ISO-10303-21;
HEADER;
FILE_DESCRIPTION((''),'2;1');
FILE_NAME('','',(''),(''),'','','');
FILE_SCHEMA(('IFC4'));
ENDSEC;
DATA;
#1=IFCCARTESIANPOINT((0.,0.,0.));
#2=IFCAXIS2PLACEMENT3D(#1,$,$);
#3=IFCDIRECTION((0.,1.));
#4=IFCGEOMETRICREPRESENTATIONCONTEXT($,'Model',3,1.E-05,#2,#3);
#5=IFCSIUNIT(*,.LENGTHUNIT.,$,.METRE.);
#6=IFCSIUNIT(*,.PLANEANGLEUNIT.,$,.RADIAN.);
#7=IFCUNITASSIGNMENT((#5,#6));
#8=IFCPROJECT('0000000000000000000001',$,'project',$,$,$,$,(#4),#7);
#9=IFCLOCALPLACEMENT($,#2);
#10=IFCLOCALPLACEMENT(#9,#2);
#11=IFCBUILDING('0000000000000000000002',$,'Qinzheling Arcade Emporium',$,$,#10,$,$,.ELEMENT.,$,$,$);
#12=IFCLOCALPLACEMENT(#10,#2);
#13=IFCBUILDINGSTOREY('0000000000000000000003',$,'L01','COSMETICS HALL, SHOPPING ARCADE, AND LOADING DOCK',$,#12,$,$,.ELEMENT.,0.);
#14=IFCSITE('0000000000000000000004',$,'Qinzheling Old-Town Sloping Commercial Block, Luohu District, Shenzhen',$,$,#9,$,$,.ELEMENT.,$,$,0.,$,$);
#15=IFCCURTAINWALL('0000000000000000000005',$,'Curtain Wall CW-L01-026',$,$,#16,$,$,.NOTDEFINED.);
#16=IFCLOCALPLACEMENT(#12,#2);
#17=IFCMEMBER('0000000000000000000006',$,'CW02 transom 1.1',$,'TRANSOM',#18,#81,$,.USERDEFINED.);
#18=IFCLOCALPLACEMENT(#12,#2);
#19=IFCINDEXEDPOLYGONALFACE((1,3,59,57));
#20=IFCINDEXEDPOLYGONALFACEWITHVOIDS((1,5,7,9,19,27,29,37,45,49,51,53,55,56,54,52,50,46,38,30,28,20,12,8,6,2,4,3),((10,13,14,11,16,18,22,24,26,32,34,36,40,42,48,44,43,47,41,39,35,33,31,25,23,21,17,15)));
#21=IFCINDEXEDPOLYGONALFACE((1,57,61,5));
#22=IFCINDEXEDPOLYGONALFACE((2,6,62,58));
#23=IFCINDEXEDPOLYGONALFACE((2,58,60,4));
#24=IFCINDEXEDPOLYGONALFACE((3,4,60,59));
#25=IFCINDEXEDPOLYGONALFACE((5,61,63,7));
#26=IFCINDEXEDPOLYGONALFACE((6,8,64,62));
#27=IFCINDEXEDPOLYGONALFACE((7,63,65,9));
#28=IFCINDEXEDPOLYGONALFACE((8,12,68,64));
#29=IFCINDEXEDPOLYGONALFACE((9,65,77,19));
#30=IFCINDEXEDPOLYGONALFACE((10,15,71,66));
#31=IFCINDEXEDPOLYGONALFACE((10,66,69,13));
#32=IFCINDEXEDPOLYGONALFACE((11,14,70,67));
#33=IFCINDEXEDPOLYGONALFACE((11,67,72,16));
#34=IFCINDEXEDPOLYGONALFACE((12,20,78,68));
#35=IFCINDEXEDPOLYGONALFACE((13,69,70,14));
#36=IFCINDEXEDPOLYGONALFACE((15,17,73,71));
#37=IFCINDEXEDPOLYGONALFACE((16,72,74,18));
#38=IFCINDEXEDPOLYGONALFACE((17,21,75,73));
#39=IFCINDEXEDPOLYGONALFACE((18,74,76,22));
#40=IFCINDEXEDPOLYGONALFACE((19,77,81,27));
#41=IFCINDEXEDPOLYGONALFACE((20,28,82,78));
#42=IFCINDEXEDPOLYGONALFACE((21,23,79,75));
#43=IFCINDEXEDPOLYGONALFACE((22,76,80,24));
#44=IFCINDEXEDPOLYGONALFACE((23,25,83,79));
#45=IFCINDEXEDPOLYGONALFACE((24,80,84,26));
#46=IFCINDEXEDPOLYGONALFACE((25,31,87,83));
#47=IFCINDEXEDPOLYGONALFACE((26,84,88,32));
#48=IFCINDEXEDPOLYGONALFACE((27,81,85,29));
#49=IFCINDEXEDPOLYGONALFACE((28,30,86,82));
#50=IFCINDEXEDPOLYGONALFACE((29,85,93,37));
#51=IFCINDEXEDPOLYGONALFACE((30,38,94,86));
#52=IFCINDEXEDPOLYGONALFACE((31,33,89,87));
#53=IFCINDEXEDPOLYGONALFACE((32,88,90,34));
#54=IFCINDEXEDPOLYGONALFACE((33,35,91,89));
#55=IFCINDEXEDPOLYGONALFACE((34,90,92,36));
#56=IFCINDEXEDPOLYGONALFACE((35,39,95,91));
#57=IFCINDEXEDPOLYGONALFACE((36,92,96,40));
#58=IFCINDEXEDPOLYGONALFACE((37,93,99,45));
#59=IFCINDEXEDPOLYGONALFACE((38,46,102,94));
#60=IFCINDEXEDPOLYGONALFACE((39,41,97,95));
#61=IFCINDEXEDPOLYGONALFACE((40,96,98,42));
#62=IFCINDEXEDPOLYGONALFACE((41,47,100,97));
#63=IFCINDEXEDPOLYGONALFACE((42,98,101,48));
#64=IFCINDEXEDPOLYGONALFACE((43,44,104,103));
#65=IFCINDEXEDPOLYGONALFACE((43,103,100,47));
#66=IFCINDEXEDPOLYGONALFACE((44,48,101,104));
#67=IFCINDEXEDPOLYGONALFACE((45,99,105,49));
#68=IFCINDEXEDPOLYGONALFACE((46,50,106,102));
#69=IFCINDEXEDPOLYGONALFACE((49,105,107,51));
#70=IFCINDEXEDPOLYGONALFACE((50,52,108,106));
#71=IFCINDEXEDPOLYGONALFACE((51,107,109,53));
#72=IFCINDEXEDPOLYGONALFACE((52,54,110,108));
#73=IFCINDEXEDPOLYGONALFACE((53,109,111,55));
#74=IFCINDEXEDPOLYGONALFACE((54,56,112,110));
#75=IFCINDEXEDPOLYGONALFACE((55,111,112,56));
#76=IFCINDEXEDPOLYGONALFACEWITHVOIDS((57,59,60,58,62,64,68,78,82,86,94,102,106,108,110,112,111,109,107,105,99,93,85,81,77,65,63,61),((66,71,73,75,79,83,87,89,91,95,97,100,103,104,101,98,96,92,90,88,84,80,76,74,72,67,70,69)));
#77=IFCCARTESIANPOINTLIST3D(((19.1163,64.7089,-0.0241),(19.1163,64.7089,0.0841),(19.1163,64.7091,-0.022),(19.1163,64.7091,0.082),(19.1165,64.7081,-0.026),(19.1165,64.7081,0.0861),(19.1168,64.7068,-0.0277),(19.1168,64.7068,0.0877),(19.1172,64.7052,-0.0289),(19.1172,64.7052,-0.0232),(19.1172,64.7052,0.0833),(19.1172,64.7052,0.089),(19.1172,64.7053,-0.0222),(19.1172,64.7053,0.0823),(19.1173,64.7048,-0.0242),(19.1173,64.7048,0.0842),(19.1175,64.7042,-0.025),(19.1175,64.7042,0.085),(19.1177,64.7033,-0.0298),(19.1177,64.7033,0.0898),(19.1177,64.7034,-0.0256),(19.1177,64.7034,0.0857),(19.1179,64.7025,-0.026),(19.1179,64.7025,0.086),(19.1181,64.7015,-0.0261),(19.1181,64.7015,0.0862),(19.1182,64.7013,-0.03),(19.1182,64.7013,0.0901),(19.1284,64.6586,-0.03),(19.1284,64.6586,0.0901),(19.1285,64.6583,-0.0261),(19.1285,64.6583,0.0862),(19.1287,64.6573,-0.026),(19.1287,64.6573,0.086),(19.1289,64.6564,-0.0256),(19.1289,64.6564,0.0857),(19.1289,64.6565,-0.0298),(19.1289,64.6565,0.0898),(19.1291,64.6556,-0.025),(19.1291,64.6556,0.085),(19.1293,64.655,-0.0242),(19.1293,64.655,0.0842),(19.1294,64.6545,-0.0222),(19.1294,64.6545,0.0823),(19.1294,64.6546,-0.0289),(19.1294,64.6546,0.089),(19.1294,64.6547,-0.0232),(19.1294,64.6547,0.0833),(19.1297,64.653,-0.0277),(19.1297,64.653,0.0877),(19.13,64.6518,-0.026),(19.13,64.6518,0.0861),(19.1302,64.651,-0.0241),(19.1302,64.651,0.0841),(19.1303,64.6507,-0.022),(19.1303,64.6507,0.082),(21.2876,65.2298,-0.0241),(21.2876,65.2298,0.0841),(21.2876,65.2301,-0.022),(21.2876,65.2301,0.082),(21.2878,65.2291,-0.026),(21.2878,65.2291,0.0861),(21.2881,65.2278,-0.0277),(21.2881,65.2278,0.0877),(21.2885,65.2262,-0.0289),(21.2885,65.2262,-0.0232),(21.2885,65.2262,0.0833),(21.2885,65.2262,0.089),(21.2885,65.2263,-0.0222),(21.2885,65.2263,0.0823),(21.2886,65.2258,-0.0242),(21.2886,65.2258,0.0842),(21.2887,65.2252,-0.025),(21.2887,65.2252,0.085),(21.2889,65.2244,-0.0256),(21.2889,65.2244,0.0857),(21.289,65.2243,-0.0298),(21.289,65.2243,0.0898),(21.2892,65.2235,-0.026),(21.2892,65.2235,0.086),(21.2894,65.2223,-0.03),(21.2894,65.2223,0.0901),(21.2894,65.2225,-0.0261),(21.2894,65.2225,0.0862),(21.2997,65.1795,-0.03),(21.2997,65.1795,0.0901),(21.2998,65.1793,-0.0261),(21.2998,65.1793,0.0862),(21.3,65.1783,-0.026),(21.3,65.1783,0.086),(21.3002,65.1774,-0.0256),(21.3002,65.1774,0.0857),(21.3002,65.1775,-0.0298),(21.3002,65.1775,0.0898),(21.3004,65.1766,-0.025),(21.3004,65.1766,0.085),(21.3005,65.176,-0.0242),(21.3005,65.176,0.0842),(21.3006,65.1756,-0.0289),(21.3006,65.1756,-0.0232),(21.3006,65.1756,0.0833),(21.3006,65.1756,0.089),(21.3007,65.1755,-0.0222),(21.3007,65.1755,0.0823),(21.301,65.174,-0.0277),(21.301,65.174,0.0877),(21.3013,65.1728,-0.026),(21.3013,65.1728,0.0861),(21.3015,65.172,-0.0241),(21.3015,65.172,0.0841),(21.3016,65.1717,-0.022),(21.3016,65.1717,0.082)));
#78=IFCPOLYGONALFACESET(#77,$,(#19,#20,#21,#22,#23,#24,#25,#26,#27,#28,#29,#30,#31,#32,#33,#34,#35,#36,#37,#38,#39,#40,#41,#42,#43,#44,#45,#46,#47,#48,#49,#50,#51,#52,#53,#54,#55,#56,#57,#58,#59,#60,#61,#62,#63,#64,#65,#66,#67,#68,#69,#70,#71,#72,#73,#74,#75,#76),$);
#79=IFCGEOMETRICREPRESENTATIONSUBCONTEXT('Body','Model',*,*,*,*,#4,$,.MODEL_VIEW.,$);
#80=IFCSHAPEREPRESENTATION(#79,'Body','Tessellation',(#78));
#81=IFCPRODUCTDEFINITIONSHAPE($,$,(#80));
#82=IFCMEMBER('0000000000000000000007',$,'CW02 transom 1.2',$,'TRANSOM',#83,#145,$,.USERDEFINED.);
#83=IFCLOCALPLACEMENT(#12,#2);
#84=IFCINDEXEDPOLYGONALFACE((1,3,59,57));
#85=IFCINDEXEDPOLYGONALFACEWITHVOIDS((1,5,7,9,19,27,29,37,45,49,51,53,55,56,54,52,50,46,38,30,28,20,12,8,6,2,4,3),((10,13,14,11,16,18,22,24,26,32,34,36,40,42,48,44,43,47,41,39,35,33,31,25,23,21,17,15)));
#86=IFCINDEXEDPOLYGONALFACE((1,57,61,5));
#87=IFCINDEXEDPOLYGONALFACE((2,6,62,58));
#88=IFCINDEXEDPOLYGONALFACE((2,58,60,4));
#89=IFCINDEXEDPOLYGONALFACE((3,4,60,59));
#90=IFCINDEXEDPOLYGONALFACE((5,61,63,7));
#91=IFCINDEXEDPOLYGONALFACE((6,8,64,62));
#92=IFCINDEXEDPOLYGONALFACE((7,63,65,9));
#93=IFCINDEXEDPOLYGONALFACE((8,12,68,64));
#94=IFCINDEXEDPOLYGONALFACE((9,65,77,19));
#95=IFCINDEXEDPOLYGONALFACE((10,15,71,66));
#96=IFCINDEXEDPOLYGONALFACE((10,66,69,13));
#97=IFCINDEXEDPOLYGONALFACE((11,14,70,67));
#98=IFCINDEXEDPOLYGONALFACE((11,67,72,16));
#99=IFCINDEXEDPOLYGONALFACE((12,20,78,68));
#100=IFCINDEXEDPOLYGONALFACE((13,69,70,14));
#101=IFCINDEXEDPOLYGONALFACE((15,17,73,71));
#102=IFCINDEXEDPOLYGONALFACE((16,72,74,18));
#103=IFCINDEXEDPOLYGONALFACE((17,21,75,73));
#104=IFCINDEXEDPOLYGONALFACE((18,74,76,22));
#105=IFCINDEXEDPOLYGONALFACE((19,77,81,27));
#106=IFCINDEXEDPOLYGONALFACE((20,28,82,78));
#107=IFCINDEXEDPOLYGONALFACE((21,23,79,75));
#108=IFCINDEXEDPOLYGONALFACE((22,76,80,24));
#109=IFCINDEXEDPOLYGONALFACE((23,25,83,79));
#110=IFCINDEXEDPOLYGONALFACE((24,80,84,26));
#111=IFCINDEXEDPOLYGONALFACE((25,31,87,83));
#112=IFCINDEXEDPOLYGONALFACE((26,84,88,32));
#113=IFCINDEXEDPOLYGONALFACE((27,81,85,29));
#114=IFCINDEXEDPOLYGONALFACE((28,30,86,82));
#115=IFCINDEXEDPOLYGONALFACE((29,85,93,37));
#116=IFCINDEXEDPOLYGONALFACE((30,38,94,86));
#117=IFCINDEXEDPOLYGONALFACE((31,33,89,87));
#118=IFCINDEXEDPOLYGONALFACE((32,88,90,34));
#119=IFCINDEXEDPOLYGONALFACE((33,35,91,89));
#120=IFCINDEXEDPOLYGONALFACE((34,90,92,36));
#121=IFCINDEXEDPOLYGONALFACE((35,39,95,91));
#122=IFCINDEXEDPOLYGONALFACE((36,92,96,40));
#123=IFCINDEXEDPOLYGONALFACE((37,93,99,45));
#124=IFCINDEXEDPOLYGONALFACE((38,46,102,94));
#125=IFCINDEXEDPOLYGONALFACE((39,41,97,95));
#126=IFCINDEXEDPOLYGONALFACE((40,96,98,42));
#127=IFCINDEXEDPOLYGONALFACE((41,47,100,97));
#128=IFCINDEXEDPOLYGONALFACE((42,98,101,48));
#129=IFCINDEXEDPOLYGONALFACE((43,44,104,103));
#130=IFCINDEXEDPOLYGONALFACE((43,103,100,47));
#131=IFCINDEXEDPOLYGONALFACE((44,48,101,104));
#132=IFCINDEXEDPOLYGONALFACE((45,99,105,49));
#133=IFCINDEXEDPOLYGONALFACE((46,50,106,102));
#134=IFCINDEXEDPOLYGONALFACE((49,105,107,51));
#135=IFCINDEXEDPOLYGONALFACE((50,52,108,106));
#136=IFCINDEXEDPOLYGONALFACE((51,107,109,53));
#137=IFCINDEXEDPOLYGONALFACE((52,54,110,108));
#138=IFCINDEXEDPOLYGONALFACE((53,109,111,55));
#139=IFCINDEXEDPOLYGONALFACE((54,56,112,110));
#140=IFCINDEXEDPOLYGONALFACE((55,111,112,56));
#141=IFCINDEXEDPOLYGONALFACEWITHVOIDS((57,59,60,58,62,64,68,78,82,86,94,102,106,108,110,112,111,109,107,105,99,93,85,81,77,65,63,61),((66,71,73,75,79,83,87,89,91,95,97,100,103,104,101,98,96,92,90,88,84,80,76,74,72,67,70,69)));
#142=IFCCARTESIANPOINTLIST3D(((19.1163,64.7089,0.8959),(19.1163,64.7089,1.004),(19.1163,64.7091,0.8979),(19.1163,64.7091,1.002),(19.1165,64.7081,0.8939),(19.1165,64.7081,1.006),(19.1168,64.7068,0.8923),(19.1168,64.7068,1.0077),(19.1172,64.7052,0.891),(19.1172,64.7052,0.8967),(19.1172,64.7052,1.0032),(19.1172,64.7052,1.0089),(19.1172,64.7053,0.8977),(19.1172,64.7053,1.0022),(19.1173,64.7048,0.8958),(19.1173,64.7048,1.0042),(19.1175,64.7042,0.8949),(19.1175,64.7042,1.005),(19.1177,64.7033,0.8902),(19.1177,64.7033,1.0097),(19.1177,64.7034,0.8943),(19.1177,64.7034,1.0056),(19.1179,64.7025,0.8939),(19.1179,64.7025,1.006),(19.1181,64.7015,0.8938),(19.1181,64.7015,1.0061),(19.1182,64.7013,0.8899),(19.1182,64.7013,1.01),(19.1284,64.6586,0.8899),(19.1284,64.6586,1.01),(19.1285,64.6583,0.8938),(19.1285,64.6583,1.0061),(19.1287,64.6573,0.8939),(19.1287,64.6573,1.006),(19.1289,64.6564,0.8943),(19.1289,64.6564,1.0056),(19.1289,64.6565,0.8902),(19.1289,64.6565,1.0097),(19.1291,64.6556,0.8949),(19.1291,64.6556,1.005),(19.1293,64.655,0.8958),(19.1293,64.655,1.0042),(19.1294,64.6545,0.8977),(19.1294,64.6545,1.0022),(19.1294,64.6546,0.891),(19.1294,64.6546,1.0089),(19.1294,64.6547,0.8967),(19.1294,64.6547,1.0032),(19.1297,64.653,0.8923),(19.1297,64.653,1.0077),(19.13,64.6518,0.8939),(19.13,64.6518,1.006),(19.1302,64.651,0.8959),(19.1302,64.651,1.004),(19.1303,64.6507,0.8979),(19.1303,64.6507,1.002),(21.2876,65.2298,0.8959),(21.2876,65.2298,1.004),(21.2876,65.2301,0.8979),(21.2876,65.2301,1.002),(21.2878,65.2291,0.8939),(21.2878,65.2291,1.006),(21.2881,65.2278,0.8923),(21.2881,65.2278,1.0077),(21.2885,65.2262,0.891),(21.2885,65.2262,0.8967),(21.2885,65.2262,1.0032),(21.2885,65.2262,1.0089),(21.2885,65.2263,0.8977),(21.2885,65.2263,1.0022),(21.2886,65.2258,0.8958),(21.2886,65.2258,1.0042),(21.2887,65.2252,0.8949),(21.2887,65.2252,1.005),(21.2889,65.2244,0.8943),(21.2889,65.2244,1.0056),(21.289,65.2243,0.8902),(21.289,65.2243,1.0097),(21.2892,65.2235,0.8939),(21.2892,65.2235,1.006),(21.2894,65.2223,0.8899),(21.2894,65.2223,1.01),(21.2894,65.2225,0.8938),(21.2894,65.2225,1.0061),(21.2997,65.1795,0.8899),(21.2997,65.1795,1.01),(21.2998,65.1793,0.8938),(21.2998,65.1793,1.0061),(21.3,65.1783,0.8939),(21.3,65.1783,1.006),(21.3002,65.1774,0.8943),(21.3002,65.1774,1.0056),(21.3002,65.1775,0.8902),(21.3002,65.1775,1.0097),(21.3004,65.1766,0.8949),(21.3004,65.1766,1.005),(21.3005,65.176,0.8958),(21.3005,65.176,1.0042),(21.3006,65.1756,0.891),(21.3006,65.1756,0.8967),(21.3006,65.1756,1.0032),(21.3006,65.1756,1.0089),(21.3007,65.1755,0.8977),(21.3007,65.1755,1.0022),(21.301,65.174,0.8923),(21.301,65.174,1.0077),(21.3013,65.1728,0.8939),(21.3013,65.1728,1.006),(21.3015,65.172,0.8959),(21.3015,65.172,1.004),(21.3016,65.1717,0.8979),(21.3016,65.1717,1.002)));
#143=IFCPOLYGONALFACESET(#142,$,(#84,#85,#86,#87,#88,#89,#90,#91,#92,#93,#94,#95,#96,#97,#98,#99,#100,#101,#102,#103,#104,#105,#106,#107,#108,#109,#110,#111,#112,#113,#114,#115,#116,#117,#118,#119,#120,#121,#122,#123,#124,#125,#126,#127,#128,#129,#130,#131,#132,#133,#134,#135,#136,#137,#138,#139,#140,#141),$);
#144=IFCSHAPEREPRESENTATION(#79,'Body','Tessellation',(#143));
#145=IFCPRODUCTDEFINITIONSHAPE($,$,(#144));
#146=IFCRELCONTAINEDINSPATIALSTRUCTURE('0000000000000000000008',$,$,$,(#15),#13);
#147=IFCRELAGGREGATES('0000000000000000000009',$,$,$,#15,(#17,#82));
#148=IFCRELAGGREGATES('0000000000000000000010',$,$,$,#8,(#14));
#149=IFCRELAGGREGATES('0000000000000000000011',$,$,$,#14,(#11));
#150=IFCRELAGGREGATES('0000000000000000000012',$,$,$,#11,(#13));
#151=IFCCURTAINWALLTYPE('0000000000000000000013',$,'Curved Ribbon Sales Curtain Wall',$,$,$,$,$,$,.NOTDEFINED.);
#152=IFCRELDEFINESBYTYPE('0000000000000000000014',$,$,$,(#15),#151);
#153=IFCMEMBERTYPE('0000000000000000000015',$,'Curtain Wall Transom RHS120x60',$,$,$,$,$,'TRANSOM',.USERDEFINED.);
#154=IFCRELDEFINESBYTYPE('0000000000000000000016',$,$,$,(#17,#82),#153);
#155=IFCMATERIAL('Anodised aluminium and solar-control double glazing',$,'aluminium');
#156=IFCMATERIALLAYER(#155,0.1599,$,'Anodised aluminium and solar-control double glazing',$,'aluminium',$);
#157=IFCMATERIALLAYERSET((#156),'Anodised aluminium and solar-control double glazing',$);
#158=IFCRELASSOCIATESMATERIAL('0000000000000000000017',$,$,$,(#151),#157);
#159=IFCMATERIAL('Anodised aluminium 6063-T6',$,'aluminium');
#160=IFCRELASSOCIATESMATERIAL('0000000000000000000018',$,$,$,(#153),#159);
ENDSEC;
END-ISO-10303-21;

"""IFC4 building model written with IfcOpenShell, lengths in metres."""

from ifc_helpers import new_model, si_unit, direction, frame, origin, origin_2d, place, context, subcontext, project, spatial, hollow_rectangle, extrude, material, layer, layer_set, material_profile, profile_set, type_object, element, aggregate, save


model = new_model("IFC4")

# Units and contexts
model_context = context("Model", 3, precision=1e-05, world=origin(), true_north=direction((0.0, 1.0)))
body_context = subcontext(model_context, "Body", "Model", "MODEL_VIEW")
ifc_project = project(units=[si_unit("LENGTHUNIT", "METRE"), si_unit("PLANEANGLEUNIT", "RADIAN")], contexts=[model_context])

# Site, building, storey
site_placement = place(None, origin())
site = spatial("IfcSite", under=ifc_project, at=site_placement, Name="Qinzheling Old-Town Sloping Commercial Block, Luohu District, Shenzhen", CompositionType="ELEMENT", RefElevation=0.0)
building_placement = place(site_placement, origin())
building = spatial("IfcBuilding", under=site, at=building_placement, Name="Qinzheling Arcade Emporium", CompositionType="ELEMENT")
storey_placement = place(building_placement, origin())
storey = spatial("IfcBuildingStorey", under=building, at=storey_placement, Name="L01", Description="COSMETICS HALL, SHOPPING ARCADE, AND LOADING DOCK", CompositionType="ELEMENT", Elevation=0.0)

# Curtain wall
ifc_material_1 = material(Name="Anodised aluminium and solar-control double glazing", Category="aluminium")
ifc_layer_1 = layer(ifc_material_1, 0.1599, Name="Anodised aluminium and solar-control double glazing", Category="aluminium")
ifc_layer_set_1 = layer_set([ifc_layer_1], Name="Anodised aluminium and solar-control double glazing")
curtain_wall_type = type_object("IfcCurtainWallType", Name="Curved Ribbon Sales Curtain Wall", PredefinedType="NOTDEFINED", material=ifc_layer_set_1)
ifc_material_2 = material(Name="Anodised aluminium 6063-T6", Category="aluminium")
curtain_wall_1_placement = place(storey_placement, origin())
curtain_wall_1 = element("IfcCurtainWall", 1, at=curtain_wall_1_placement, inside=storey, type_object=curtain_wall_type, Name="Curtain Wall CW-L01-026", PredefinedType="NOTDEFINED")

# Members
ifc_material_profile_1 = material_profile(ifc_material_2, hollow_rectangle(XDim=0.0601, YDim=0.1201, WallThickness=0.0039, InnerFilletRadius=0.0039, OuterFilletRadius=0.0081, at=origin_2d()), Name="RHS 120x60x4", Category="aluminium")
ifc_profile_set_1 = profile_set([ifc_material_profile_1], Name="Anodised aluminium 6063-T6")
member_type_1 = type_object("IfcMemberType", Name="Curtain Wall Transom RHS120x60", ElementType="TRANSOM", PredefinedType="USERDEFINED", material=ifc_profile_set_1)
member_1_placement = place(storey_placement, frame((19.1233, 64.6799, 0.03), z_axis=(0.972401, 0.233315, 0.0), x_axis=(-0.233315, 0.972401, 0.0)))
member_1 = element("IfcMember", 2, at=member_1_placement, type_object=member_type_1, Name="CW02 transom 1.1", ObjectType="TRANSOM", PredefinedType="USERDEFINED", context=body_context, shape_type="SweptSolid", body=[
    extrude(hollow_rectangle(XDim=0.0601, YDim=0.1201, WallThickness=0.0039, InnerFilletRadius=0.0039, OuterFilletRadius=0.0081, at=origin_2d()), origin(), (0.0, 0.0, 1.0), 2.2329),
])
member_2_placement = place(storey_placement, frame((19.1233, 64.6799, 0.95), z_axis=(0.972401, 0.233315, 0.0), x_axis=(-0.233315, 0.972401, 0.0)))
member_2 = element("IfcMember", 3, at=member_2_placement, type_object=member_type_1, Name="CW02 transom 1.2", ObjectType="TRANSOM", PredefinedType="USERDEFINED", context=body_context, shape_type="SweptSolid", body=[
    extrude(hollow_rectangle(XDim=0.0601, YDim=0.1201, WallThickness=0.0039, InnerFilletRadius=0.0039, OuterFilletRadius=0.0081, at=origin_2d()), origin(), (0.0, 0.0, 1.0), 2.2329),
])

aggregate(curtain_wall_1, [member_1, member_2])

save(model, "model.ifc")
